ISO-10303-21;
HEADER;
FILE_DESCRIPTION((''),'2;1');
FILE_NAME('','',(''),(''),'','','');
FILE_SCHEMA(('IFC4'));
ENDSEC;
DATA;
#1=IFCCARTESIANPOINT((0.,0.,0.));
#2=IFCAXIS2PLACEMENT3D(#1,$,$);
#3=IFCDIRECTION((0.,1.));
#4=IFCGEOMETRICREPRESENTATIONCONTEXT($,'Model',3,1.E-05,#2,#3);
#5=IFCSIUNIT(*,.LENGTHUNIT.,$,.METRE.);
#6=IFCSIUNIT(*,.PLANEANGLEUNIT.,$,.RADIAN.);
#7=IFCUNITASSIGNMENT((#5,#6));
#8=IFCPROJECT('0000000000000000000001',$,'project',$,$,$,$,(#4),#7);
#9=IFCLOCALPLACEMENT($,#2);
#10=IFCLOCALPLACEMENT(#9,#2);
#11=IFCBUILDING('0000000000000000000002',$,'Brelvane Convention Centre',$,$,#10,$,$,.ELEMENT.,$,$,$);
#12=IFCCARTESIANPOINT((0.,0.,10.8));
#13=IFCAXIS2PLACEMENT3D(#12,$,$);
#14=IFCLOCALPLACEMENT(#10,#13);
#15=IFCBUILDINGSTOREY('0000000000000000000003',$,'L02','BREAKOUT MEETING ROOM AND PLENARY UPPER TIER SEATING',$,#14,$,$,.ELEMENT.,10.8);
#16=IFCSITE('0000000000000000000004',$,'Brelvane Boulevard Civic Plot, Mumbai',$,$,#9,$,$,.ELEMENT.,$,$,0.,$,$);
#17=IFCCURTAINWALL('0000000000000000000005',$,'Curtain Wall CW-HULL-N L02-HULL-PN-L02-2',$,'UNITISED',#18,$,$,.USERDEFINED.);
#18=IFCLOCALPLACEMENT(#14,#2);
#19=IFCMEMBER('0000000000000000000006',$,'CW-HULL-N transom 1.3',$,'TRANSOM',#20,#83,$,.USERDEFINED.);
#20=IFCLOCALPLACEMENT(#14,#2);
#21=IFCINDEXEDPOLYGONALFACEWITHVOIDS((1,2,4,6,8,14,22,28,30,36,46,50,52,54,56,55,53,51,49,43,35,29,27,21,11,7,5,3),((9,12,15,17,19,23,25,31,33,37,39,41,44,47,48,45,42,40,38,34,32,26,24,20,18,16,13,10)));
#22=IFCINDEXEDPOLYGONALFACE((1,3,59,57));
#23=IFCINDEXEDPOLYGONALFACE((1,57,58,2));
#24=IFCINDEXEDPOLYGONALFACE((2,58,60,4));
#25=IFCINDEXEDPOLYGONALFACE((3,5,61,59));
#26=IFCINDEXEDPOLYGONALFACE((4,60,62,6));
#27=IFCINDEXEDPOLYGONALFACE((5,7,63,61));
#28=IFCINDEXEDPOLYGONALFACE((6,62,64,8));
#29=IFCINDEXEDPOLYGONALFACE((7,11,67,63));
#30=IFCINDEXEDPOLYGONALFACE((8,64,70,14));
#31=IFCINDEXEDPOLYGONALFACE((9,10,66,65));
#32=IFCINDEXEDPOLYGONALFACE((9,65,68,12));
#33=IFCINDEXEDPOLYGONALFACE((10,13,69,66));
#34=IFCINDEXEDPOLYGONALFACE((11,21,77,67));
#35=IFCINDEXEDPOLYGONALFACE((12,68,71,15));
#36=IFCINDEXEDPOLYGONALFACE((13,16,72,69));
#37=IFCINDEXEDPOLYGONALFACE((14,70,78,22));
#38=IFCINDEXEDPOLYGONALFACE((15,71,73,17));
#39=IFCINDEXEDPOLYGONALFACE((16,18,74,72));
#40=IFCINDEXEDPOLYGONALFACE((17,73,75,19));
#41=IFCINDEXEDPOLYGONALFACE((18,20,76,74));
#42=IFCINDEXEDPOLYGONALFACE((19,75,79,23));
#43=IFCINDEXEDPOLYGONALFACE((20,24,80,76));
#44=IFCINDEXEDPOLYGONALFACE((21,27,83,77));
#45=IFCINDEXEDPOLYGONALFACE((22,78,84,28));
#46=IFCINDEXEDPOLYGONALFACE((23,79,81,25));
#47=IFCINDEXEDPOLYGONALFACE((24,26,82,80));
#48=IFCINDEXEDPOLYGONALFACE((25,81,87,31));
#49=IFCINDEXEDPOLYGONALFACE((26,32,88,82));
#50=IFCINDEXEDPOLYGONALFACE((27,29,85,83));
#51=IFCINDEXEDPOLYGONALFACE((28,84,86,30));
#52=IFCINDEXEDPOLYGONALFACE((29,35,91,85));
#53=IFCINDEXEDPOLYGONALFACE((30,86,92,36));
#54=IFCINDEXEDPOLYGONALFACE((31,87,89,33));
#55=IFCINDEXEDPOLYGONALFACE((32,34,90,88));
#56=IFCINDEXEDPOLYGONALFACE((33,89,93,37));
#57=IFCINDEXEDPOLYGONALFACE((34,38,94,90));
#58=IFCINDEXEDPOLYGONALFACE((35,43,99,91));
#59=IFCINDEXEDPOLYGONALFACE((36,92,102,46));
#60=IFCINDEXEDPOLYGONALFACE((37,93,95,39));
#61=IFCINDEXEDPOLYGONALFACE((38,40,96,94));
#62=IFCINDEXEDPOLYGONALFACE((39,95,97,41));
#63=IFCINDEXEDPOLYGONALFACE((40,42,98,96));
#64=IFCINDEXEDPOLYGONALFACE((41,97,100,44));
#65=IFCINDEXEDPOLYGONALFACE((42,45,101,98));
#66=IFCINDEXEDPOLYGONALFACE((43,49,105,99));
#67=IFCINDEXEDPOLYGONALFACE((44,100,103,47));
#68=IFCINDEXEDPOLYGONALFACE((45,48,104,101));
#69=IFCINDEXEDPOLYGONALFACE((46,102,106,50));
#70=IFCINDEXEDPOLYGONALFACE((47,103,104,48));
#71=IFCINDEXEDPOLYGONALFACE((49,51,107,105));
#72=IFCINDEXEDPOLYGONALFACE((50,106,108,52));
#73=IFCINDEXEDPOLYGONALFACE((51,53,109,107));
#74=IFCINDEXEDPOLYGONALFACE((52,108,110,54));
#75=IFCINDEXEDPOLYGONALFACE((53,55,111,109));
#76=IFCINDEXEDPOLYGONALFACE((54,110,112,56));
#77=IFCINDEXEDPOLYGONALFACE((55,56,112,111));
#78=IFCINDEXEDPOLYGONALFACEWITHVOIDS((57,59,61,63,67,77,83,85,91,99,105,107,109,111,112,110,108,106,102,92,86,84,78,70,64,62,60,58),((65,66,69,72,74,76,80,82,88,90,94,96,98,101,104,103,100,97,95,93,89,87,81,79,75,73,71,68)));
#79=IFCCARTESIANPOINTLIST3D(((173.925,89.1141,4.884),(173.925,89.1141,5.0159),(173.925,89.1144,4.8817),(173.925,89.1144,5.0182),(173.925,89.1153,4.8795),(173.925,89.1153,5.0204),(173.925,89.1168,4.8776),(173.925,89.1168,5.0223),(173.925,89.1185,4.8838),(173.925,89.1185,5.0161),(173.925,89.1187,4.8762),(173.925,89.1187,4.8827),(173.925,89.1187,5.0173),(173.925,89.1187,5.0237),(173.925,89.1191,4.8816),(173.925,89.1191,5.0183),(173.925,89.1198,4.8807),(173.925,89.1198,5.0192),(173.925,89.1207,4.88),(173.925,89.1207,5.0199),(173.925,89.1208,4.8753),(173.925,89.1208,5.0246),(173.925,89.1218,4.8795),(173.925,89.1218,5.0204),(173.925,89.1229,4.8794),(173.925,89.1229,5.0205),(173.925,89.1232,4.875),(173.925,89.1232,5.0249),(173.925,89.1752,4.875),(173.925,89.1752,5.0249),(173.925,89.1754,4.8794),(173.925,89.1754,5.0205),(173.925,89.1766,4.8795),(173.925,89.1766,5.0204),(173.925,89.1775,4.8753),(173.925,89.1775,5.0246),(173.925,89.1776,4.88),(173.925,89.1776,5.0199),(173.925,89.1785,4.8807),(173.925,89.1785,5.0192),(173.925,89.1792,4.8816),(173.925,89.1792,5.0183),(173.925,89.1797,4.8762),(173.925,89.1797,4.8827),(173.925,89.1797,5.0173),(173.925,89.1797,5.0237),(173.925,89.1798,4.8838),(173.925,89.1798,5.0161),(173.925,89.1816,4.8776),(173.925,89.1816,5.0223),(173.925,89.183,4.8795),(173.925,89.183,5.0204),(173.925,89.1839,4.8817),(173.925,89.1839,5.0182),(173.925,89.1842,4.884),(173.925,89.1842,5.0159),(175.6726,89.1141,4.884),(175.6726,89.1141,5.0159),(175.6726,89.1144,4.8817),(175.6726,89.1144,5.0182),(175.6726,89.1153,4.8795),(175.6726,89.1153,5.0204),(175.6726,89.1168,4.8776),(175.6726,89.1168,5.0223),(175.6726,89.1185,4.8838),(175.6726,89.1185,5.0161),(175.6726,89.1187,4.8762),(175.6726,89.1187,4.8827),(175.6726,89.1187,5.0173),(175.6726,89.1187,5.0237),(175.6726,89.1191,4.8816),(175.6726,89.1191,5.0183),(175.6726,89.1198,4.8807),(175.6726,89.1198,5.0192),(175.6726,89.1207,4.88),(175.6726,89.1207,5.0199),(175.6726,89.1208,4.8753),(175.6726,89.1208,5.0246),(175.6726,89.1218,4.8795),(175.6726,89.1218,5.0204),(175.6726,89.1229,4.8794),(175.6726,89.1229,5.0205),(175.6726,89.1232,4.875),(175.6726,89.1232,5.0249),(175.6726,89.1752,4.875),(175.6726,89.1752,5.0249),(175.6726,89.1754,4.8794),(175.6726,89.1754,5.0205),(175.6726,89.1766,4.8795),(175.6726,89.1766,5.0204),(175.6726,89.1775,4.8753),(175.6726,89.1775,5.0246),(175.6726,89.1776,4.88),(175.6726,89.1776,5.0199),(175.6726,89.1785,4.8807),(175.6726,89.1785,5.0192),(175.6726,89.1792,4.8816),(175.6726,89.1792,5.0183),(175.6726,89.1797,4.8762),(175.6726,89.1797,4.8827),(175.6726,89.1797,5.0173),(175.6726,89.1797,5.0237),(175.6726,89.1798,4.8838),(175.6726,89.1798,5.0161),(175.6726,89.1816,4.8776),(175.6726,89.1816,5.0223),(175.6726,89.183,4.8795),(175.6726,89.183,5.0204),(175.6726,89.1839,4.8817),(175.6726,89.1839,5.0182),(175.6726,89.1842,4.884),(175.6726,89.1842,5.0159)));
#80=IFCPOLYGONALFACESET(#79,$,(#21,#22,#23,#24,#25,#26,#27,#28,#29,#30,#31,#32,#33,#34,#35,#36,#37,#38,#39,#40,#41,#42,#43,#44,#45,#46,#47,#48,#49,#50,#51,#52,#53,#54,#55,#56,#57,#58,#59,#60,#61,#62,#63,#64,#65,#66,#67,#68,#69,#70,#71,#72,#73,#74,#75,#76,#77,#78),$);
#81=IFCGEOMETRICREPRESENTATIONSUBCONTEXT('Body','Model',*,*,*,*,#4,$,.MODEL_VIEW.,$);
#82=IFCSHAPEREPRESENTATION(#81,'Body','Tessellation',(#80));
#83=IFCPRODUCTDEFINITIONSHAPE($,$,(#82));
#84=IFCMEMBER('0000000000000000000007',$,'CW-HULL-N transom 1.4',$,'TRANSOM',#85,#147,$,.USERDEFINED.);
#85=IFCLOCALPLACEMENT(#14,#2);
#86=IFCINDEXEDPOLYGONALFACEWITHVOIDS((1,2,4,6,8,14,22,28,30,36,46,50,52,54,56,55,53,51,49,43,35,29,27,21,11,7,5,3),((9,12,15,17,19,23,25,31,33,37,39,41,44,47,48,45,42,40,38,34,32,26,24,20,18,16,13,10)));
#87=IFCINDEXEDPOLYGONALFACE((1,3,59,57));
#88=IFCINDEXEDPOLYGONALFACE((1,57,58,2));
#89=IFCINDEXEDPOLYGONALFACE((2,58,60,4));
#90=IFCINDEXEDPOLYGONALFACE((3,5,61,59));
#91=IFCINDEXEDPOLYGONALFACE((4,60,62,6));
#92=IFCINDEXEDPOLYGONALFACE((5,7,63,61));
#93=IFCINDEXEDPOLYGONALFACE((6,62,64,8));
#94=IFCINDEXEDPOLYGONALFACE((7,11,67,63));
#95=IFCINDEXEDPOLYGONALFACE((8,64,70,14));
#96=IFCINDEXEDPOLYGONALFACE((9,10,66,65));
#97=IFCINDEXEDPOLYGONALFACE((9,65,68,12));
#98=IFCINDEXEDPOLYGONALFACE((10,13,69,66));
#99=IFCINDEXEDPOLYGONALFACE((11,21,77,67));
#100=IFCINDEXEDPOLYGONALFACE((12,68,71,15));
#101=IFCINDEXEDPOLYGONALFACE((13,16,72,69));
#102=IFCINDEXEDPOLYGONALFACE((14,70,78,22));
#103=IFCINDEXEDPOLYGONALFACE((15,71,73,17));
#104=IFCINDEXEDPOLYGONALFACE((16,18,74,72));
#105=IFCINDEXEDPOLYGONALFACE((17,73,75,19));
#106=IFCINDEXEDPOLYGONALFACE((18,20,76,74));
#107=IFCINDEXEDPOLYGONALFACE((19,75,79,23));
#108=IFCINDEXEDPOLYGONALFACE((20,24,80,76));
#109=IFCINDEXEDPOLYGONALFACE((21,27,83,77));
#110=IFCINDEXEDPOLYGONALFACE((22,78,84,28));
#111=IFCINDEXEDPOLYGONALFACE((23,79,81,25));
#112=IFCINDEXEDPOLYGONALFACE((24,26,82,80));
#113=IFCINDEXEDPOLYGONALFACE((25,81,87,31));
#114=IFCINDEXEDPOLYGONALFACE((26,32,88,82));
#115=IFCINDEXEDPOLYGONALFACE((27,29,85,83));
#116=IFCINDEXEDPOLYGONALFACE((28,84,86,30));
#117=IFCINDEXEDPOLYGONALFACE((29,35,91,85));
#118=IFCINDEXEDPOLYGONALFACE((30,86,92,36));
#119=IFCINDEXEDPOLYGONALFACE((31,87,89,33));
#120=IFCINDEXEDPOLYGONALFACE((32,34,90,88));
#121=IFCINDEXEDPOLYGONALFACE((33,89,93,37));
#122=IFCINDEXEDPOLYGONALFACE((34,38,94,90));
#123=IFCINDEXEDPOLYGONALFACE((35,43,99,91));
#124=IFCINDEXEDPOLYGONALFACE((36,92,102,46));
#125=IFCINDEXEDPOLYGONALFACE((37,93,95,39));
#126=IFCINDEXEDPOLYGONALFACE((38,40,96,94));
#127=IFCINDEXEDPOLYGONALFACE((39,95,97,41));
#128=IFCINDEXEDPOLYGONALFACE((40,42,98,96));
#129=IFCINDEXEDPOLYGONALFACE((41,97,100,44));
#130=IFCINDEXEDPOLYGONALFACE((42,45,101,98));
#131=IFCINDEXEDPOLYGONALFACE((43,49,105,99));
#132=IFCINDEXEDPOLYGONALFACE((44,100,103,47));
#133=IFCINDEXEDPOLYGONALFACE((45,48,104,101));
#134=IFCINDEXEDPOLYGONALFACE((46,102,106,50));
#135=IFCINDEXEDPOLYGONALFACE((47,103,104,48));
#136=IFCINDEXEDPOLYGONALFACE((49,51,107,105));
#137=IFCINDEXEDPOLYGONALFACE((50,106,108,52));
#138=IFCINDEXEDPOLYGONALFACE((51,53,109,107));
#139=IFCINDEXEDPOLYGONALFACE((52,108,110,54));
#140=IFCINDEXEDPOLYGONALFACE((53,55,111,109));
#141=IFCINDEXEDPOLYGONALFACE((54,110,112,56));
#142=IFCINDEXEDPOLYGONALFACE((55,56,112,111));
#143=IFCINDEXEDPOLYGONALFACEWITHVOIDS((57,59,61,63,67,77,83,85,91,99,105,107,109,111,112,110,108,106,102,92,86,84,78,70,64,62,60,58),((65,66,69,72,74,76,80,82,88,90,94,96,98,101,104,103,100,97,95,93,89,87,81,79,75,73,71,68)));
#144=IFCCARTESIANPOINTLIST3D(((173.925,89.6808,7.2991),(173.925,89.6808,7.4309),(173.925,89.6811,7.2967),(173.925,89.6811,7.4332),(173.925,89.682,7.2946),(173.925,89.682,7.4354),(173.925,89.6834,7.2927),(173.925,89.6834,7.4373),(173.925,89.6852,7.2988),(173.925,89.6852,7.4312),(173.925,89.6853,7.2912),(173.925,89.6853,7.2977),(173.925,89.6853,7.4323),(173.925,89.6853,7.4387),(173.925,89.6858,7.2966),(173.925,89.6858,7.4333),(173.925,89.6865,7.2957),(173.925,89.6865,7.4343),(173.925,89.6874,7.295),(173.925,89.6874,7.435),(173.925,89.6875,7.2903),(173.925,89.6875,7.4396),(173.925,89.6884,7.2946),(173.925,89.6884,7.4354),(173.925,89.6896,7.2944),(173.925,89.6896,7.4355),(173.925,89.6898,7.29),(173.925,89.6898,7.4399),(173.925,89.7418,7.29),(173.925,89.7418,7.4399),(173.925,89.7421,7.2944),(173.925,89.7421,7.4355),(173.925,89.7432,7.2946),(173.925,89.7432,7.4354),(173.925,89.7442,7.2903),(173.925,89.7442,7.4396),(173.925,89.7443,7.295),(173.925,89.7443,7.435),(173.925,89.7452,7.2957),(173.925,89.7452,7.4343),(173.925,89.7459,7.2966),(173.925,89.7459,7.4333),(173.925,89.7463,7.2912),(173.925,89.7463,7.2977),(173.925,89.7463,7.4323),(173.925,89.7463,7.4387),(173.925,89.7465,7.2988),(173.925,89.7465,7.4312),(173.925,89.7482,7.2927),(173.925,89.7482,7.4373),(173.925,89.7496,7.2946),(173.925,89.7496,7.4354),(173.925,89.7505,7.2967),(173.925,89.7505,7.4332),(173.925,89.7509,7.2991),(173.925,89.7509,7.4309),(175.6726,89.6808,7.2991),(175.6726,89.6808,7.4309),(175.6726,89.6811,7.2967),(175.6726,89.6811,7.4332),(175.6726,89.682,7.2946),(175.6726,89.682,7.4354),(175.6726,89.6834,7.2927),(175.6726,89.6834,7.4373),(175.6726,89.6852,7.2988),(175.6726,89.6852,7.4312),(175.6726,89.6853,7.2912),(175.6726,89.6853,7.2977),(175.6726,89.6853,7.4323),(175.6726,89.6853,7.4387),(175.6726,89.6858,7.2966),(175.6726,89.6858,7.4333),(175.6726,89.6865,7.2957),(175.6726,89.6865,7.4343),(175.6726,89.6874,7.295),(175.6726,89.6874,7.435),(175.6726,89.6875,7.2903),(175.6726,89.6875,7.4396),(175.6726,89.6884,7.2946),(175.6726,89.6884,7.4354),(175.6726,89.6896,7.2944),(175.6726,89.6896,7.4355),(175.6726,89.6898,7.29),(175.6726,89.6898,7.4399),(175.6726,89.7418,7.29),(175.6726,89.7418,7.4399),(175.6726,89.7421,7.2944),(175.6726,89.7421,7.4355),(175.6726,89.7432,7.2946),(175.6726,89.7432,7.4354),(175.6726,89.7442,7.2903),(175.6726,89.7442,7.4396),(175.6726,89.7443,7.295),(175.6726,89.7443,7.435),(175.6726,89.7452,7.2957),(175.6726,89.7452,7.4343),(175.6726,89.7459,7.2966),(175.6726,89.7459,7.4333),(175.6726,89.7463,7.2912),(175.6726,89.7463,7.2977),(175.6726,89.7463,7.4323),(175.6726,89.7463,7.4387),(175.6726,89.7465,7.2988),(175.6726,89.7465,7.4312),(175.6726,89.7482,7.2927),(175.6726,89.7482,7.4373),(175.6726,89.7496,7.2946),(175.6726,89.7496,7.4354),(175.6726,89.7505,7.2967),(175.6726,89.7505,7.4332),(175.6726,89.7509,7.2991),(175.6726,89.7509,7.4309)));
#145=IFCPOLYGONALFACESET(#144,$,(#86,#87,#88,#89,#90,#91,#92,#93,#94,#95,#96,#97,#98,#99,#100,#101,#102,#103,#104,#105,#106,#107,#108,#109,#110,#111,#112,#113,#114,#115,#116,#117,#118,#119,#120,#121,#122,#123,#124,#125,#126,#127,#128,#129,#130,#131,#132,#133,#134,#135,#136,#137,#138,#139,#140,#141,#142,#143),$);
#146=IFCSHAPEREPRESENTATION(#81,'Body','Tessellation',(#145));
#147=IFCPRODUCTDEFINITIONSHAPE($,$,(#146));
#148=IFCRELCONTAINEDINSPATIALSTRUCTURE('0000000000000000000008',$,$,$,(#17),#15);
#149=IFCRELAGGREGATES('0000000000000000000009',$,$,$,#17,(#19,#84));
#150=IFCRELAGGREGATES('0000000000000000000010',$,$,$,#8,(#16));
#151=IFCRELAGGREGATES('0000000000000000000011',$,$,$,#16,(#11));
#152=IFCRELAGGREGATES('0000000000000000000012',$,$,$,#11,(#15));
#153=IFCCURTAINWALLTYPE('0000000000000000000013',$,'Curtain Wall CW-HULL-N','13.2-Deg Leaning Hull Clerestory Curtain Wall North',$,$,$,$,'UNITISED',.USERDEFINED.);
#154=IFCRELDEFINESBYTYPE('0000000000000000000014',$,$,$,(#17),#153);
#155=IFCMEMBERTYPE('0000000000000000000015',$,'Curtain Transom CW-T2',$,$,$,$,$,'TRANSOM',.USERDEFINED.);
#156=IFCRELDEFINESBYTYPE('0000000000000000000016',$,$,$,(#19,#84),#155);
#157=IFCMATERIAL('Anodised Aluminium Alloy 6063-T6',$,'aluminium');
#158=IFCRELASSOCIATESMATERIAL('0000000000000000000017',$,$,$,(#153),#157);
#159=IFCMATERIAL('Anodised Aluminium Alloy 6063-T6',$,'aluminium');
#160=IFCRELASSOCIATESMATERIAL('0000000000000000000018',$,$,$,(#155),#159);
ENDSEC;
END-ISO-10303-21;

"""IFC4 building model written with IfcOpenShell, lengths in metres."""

from ifc_helpers import new_model, si_unit, direction, frame, origin, origin_2d, place, context, subcontext, project, spatial, hollow_rectangle, extrude, material, material_profile, profile_set, type_object, element, aggregate, save


model = new_model("IFC4")

# Units and contexts
model_context = context("Model", 3, precision=1e-05, world=origin(), true_north=direction((0.0, 1.0)))
body_context = subcontext(model_context, "Body", "Model", "MODEL_VIEW")
ifc_project = project(units=[si_unit("LENGTHUNIT", "METRE"), si_unit("PLANEANGLEUNIT", "RADIAN")], contexts=[model_context])

# Site, building, storey
site_placement = place(None, origin())
site = spatial("IfcSite", under=ifc_project, at=site_placement, Name="Brelvane Boulevard Civic Plot, Mumbai", CompositionType="ELEMENT", RefElevation=0.0)
building_placement = place(site_placement, origin())
building = spatial("IfcBuilding", under=site, at=building_placement, Name="Brelvane Convention Centre", CompositionType="ELEMENT")
storey_placement = place(building_placement, frame((0.0, 0.0, 10.8)))
storey = spatial("IfcBuildingStorey", under=building, at=storey_placement, Name="L02", Description="BREAKOUT MEETING ROOM AND PLENARY UPPER TIER SEATING", CompositionType="ELEMENT", Elevation=10.8)

# Curtain wall, members
ifc_material_1 = material(Name="Anodised Aluminium Alloy 6063-T6", Category="aluminium")
curtain_wall_type = type_object("IfcCurtainWallType", Name="Curtain Wall CW-HULL-N", Description="13.2-Deg Leaning Hull Clerestory Curtain Wall North", ElementType="UNITISED", PredefinedType="USERDEFINED", material=ifc_material_1)
ifc_material_2 = material(Name="Anodised Aluminium Alloy 6063-T6", Category="aluminium")
ifc_material_profile = material_profile(ifc_material_2, hollow_rectangle(XDim=0.0701, YDim=0.1499, WallThickness=0.0044, InnerFilletRadius=0.0044, OuterFilletRadius=0.009, at=origin_2d()), Name="ALU-T 150x70x4.5")
ifc_profile_set = profile_set([ifc_material_profile], Name="Anodised Aluminium Alloy 6063-T6")
member_type = type_object("IfcMemberType", Name="Curtain Transom CW-T2", ElementType="TRANSOM", PredefinedType="USERDEFINED", material=ifc_profile_set)
curtain_wall_1_placement = place(storey_placement, origin())
curtain_wall_1 = element("IfcCurtainWall", 1, at=curtain_wall_1_placement, inside=storey, type_object=curtain_wall_type, Name="Curtain Wall CW-HULL-N L02-HULL-PN-L02-2", ObjectType="UNITISED", PredefinedType="USERDEFINED")
member_1_placement = place(storey_placement, frame((173.925, 89.1492, 4.95), z_axis=(1.0, 0.0, 0.0), x_axis=(0.0, 1.0, 0.0)))
member_1 = element("IfcMember", 2, at=member_1_placement, type_object=member_type, Name="CW-HULL-N transom 1.3", ObjectType="TRANSOM", PredefinedType="USERDEFINED", context=body_context, shape_type="SweptSolid", body=[
    extrude(hollow_rectangle(XDim=0.0701, YDim=0.1499, WallThickness=0.0044, InnerFilletRadius=0.0044, OuterFilletRadius=0.009, at=origin_2d()), origin(), (0.0, 0.0, 1.0), 1.7476),
])
member_2_placement = place(storey_placement, frame((173.925, 89.7158, 7.365), z_axis=(1.0, 0.0, 0.0), x_axis=(0.0, 1.0, 0.0)))
member_2 = element("IfcMember", 3, at=member_2_placement, type_object=member_type, Name="CW-HULL-N transom 1.4", ObjectType="TRANSOM", PredefinedType="USERDEFINED", context=body_context, shape_type="SweptSolid", body=[
    extrude(hollow_rectangle(XDim=0.0701, YDim=0.1499, WallThickness=0.0044, InnerFilletRadius=0.0044, OuterFilletRadius=0.009, at=origin_2d()), origin(), (0.0, 0.0, 1.0), 1.7476),
])

aggregate(curtain_wall_1, [member_1, member_2])

save(model, "model.ifc")
